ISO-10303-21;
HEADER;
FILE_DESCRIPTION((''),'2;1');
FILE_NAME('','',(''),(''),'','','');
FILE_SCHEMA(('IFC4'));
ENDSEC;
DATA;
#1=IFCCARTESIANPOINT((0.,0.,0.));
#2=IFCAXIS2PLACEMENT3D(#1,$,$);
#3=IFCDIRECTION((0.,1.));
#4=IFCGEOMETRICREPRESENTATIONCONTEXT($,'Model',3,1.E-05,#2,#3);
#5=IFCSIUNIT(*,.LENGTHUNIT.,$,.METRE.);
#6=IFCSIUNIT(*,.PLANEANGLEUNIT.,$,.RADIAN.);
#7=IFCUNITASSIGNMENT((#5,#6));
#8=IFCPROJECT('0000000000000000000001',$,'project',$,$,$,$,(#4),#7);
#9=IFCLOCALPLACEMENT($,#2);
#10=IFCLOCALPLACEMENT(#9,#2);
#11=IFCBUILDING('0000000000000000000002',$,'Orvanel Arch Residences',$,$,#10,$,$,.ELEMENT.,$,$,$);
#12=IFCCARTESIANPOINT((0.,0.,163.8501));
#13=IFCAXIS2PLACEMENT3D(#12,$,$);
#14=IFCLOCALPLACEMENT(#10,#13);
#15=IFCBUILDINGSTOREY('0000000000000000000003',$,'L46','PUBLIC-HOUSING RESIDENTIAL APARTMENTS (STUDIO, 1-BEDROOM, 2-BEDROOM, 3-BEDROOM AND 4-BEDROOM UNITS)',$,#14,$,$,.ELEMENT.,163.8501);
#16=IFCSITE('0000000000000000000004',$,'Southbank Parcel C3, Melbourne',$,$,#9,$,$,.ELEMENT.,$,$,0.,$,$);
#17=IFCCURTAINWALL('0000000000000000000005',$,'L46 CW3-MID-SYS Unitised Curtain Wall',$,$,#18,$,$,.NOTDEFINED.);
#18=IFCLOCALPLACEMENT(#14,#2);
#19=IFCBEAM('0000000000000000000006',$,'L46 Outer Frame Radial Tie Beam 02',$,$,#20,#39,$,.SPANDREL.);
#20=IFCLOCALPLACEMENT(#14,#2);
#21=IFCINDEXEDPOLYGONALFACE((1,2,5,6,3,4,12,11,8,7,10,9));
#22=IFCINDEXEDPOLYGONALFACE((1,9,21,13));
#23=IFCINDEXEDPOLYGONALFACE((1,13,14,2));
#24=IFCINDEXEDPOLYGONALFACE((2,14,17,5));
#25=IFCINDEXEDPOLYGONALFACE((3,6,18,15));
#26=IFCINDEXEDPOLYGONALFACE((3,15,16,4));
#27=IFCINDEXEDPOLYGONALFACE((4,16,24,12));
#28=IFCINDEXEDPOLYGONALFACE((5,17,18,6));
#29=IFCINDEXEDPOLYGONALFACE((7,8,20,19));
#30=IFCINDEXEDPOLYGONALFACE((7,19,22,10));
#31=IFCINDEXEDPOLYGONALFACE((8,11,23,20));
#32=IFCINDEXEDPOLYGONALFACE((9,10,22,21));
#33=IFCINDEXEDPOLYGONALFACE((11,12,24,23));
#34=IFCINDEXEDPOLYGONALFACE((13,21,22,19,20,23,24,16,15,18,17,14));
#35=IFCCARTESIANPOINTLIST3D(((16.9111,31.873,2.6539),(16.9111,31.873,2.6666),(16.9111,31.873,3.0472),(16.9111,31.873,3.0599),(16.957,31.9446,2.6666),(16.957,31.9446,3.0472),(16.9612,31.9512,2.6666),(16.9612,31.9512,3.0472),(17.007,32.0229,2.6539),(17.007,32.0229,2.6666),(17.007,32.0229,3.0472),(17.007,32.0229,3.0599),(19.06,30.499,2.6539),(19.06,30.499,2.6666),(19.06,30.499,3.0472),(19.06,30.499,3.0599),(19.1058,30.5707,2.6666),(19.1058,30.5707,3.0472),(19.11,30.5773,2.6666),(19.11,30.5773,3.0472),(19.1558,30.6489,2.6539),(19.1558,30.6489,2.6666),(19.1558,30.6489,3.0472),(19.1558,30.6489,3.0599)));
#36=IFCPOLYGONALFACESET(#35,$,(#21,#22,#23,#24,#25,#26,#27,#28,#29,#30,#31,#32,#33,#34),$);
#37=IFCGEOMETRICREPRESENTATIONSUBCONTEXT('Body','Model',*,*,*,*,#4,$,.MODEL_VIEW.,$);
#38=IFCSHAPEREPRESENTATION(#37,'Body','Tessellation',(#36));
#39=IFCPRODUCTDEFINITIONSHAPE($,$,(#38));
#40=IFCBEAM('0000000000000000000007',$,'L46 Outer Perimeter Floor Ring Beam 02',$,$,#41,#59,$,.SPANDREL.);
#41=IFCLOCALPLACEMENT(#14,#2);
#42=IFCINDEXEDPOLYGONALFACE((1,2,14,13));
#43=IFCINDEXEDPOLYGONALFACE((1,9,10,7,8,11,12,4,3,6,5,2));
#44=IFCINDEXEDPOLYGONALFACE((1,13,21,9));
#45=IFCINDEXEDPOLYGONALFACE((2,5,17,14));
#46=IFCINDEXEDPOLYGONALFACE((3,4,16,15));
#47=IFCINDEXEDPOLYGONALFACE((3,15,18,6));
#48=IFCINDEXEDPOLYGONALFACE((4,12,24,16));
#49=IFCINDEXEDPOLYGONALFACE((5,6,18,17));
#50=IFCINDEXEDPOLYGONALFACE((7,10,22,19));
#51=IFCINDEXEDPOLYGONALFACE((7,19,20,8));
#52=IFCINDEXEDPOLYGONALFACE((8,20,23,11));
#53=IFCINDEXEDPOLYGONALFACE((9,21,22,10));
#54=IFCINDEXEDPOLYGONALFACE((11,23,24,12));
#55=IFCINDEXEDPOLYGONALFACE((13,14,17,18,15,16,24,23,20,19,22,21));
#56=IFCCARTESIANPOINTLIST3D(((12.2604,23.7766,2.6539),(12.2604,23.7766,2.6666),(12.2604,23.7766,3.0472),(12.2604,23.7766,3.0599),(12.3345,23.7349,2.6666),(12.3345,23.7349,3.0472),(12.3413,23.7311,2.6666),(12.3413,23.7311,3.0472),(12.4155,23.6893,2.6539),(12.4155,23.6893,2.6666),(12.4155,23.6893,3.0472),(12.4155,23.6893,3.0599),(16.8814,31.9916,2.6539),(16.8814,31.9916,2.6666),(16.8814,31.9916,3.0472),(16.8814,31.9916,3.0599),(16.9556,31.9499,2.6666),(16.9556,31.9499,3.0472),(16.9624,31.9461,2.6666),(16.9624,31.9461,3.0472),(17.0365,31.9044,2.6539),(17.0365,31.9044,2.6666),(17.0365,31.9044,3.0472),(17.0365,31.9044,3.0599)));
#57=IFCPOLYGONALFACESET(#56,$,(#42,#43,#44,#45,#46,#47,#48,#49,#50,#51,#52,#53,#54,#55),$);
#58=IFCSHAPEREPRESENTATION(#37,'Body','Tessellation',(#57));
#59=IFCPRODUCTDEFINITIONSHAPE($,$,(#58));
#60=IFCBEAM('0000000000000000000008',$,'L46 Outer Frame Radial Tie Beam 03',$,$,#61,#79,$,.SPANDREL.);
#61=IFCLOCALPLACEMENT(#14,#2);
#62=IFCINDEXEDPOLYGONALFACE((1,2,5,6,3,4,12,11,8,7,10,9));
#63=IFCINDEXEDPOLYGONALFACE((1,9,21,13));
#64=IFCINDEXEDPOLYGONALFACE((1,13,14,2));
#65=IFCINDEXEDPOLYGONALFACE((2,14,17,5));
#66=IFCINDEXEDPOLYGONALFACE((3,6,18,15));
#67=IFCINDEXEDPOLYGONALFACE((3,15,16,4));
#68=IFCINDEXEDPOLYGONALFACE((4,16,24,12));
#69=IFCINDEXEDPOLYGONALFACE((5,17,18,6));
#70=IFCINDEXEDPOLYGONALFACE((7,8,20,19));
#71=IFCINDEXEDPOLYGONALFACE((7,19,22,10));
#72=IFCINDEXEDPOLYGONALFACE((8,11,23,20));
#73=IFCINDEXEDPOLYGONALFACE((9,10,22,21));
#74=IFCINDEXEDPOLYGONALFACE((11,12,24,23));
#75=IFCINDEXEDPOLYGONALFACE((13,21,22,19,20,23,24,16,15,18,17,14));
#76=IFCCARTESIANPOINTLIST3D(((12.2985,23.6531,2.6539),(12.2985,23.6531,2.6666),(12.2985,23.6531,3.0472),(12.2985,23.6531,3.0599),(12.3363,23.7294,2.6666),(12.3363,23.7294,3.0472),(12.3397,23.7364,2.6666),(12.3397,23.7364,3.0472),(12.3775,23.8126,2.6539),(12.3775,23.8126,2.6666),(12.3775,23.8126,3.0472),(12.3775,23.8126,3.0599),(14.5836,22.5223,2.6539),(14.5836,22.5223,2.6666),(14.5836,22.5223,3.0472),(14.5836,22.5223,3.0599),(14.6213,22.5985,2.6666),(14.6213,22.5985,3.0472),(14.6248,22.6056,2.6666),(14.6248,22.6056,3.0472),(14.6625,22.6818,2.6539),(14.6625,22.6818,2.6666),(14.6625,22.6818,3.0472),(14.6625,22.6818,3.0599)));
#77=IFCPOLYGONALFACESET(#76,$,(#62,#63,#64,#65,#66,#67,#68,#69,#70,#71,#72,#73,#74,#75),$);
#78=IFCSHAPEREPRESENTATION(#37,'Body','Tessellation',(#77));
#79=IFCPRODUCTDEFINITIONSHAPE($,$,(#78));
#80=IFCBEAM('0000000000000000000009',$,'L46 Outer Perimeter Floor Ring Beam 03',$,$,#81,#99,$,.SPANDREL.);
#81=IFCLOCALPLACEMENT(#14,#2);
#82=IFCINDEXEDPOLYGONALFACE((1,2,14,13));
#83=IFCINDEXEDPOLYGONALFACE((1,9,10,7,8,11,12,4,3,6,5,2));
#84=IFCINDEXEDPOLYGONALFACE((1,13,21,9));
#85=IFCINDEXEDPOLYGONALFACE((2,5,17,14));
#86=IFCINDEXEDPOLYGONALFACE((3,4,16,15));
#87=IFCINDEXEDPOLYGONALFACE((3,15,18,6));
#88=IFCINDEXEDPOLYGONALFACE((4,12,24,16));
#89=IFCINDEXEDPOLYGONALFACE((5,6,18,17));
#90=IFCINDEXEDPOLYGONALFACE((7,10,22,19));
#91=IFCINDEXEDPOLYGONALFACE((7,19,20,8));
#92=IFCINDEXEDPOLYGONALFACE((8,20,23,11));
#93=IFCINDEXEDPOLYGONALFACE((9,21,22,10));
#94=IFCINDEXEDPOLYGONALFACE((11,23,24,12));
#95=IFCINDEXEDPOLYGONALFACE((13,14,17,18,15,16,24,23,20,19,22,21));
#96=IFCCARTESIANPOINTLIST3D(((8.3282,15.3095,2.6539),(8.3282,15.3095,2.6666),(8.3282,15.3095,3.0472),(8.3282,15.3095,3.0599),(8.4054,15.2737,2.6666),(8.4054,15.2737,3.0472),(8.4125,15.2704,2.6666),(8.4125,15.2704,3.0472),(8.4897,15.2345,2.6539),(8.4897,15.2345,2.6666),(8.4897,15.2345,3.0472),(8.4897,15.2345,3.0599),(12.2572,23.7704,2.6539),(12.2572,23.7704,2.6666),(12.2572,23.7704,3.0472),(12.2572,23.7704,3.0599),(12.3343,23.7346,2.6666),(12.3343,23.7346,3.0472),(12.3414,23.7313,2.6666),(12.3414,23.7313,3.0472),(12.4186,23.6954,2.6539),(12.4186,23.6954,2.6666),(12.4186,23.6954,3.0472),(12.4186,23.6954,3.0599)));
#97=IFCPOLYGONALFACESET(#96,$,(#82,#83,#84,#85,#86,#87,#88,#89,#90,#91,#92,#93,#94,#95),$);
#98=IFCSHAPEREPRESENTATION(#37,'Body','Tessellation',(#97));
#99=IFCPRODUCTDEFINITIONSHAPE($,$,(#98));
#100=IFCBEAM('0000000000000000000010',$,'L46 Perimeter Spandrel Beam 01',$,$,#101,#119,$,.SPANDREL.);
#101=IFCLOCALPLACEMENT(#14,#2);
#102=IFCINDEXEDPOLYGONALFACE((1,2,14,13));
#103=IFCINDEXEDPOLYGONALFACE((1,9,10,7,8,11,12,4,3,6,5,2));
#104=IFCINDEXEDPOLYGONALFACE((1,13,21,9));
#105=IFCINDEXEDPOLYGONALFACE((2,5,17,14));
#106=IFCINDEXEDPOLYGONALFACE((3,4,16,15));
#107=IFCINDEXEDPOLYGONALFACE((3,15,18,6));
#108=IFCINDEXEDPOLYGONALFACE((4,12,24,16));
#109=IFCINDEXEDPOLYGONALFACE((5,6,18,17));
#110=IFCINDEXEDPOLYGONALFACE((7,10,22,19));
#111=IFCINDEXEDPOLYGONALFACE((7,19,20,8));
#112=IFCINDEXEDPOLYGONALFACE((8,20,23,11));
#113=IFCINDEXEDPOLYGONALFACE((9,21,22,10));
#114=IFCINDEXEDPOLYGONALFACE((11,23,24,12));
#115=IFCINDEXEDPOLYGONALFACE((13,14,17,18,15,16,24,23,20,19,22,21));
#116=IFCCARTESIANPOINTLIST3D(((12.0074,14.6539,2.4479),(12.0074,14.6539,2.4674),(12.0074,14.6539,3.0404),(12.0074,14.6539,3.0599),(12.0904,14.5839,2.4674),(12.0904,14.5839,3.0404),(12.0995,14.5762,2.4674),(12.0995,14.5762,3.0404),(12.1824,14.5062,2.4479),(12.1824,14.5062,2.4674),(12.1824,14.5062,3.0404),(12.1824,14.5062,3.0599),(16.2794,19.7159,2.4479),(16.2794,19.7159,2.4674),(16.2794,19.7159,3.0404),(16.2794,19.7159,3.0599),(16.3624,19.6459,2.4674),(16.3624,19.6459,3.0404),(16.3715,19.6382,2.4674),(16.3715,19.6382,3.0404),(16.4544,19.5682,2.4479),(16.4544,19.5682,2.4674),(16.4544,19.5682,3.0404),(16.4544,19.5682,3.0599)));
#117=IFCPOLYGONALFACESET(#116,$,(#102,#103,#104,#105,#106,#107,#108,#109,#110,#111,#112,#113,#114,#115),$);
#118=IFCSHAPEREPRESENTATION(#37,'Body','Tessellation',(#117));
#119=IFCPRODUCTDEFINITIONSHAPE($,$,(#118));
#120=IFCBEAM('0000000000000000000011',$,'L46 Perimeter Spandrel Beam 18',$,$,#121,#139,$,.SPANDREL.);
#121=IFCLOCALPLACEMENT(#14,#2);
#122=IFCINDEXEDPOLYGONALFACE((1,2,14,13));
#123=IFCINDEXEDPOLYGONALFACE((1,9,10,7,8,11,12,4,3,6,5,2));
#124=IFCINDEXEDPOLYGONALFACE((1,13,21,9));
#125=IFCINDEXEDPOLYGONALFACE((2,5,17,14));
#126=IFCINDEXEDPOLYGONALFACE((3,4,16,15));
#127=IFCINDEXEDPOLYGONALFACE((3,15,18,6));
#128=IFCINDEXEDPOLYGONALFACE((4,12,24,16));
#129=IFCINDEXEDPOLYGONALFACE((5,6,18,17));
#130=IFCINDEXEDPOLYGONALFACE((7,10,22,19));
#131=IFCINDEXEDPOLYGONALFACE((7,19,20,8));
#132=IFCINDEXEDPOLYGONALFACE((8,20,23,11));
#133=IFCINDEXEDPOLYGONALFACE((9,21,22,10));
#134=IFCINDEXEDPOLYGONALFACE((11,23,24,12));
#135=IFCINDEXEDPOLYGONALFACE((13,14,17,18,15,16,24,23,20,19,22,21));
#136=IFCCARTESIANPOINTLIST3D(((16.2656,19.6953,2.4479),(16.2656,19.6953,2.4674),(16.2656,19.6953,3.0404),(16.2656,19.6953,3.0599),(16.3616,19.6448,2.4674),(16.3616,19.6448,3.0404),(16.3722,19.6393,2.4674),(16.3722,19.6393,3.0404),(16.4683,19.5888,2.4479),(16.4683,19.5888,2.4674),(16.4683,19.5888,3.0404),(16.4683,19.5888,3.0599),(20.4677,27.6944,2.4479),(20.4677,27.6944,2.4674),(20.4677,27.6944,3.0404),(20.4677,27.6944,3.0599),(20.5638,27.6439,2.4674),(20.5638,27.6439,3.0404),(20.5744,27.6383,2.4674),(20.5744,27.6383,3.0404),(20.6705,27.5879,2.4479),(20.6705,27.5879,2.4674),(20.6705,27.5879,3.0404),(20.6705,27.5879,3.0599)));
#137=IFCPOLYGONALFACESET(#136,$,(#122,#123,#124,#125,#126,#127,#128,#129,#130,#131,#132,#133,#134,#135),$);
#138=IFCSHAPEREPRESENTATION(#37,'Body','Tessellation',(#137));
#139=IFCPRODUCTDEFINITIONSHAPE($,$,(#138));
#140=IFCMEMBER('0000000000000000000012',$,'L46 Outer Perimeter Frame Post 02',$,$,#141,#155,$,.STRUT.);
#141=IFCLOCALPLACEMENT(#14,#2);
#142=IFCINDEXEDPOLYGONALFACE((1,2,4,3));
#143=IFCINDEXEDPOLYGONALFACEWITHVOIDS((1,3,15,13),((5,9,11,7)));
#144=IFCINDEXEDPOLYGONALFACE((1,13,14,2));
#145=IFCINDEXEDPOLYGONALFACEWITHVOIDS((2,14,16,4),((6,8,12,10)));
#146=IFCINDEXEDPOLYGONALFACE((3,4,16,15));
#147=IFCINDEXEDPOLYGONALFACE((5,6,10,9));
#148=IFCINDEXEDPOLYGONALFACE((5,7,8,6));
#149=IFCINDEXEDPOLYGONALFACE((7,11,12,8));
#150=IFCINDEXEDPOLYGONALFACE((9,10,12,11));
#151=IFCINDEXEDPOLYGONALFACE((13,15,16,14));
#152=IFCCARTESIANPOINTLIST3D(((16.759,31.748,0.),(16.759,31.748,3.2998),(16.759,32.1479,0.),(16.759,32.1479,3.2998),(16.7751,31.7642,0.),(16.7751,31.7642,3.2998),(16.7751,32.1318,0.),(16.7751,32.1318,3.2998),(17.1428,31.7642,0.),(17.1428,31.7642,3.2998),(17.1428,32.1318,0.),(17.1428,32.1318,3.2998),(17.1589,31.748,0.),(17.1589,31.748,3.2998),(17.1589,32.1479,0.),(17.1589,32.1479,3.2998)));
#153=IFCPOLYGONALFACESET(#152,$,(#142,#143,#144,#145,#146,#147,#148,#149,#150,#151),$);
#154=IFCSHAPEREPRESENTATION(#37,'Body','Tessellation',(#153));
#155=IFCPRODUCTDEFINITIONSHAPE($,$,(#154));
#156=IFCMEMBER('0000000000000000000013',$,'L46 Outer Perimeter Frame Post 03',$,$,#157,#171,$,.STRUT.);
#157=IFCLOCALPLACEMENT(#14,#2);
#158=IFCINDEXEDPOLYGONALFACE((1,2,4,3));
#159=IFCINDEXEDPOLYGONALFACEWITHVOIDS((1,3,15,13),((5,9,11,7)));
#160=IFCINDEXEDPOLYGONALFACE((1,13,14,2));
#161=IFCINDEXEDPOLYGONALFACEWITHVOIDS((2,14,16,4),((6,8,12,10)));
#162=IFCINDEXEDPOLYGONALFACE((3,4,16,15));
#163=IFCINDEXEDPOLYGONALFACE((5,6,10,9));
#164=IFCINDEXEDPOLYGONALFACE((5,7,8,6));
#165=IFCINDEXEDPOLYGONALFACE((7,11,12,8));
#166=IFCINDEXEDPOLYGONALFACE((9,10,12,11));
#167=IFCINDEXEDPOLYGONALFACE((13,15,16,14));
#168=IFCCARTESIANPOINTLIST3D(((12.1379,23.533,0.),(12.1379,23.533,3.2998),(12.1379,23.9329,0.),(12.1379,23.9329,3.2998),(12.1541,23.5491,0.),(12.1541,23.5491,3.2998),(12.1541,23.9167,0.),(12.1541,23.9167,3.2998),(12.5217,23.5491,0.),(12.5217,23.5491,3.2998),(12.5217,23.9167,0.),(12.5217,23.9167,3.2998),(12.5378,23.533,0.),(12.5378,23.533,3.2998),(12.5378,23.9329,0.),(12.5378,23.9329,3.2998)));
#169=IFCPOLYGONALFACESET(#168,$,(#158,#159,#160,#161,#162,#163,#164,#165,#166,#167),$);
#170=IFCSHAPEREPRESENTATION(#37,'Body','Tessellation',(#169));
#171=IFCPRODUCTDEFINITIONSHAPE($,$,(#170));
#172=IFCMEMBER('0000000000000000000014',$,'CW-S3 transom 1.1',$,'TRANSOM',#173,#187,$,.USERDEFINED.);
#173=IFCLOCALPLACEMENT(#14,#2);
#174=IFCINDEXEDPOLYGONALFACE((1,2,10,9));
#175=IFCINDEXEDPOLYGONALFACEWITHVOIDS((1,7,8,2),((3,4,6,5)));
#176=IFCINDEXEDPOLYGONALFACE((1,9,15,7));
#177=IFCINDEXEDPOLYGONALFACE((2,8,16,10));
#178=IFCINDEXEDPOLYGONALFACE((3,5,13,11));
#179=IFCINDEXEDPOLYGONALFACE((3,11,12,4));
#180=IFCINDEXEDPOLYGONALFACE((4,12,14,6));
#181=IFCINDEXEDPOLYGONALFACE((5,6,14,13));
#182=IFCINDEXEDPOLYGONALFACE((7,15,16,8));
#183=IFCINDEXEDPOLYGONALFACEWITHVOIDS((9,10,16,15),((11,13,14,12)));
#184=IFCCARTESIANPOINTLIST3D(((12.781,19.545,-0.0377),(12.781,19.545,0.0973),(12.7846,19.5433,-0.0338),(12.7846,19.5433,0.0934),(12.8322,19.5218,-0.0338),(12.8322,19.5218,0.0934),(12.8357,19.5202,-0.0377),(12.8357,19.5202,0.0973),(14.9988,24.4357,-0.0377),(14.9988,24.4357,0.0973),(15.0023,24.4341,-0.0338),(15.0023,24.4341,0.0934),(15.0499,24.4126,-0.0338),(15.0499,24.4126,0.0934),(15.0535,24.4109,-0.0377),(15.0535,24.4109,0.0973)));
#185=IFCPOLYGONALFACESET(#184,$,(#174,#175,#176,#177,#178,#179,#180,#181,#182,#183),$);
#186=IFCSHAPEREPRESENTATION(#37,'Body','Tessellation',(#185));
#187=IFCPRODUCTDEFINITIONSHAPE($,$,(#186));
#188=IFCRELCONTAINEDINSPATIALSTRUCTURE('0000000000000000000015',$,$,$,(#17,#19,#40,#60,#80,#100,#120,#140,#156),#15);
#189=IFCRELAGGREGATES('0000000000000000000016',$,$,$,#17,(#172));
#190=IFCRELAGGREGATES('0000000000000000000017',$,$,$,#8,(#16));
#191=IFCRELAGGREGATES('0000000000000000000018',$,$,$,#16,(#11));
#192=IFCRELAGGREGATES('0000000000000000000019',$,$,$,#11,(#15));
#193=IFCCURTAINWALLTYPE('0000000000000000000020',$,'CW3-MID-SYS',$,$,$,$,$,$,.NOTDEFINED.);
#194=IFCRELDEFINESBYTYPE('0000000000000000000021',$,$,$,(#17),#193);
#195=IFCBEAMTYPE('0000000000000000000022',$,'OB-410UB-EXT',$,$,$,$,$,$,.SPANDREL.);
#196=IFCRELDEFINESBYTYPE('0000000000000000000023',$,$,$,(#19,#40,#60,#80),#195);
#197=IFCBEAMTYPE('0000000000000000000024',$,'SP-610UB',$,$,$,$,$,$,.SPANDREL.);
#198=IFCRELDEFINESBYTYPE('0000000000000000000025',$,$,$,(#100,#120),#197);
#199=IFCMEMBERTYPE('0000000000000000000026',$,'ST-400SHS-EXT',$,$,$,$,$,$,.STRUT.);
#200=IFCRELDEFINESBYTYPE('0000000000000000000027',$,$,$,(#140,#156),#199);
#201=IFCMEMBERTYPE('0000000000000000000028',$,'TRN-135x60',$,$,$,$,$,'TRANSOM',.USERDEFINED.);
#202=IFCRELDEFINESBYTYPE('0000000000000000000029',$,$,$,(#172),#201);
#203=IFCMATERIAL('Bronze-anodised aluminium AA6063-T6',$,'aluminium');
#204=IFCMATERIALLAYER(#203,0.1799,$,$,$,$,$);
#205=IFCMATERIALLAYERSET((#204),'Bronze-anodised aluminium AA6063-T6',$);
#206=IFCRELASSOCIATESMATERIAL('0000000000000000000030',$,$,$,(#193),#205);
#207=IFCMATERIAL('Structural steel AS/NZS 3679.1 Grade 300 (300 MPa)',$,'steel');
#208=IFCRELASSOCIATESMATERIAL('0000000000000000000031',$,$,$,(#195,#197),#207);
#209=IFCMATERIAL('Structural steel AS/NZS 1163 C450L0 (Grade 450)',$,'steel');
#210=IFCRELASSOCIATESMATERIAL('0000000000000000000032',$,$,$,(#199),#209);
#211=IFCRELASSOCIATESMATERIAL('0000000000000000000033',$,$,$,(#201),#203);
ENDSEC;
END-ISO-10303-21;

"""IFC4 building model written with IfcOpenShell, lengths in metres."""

from ifc_helpers import new_model, si_unit, direction, frame, origin, origin_2d, place, context, subcontext, project, spatial, hollow_rectangle, i_section, extrude, material, layer, layer_set, material_profile, profile_set, type_object, element, aggregate, save


model = new_model("IFC4")

# Units and contexts
model_context = context("Model", 3, precision=1e-05, world=origin(), true_north=direction((0.0, 1.0)))
body_context = subcontext(model_context, "Body", "Model", "MODEL_VIEW")
ifc_project = project(units=[si_unit("LENGTHUNIT", "METRE"), si_unit("PLANEANGLEUNIT", "RADIAN")], contexts=[model_context])

# Site, building, storey
site_placement = place(None, origin())
site = spatial("IfcSite", under=ifc_project, at=site_placement, Name="Southbank Parcel C3, Melbourne", CompositionType="ELEMENT", RefElevation=0.0)
building_placement = place(site_placement, origin())
building = spatial("IfcBuilding", under=site, at=building_placement, Name="Orvanel Arch Residences", CompositionType="ELEMENT")
storey_placement = place(building_placement, frame((0.0, 0.0, 163.8501)))
storey = spatial("IfcBuildingStorey", under=building, at=storey_placement, Name="L46", Description="PUBLIC-HOUSING RESIDENTIAL APARTMENTS (STUDIO, 1-BEDROOM, 2-BEDROOM, 3-BEDROOM AND 4-BEDROOM UNITS)", CompositionType="ELEMENT", Elevation=163.8501)

# Shared definitions
ifc_material_1 = material(Name="Structural steel AS/NZS 1163 C450L0 (Grade 450)", Category="steel")

# Shared definitions
ifc_material_2 = material(Name="Structural steel AS/NZS 3679.1 Grade 300 (300 MPa)", Category="steel")

# Curtain wall
ifc_material_3 = material(Name="Bronze-anodised aluminium AA6063-T6", Category="aluminium")
ifc_layer_1 = layer(ifc_material_3, 0.1799)
ifc_layer_set_1 = layer_set([ifc_layer_1], Name="Bronze-anodised aluminium AA6063-T6")
curtain_wall_type = type_object("IfcCurtainWallType", Name="CW3-MID-SYS", PredefinedType="NOTDEFINED", material=ifc_layer_set_1)
curtain_wall_placement = place(storey_placement, origin())
curtain_wall = element("IfcCurtainWall", 1, at=curtain_wall_placement, inside=storey, type_object=curtain_wall_type, Name="L46 CW3-MID-SYS Unitised Curtain Wall", PredefinedType="NOTDEFINED")

# Beams
ifc_material_profile_1 = material_profile(ifc_material_2, i_section(OverallWidth=0.178, OverallDepth=0.406, WebThickness=0.0078, FlangeThickness=0.0127, at=origin_2d()), Name="410UB59.7")
ifc_profile_set_1 = profile_set([ifc_material_profile_1], Name="Structural steel AS/NZS 3679.1 Grade 300 (300 MPa)")
beam_type_1 = type_object("IfcBeamType", Name="OB-410UB-EXT", PredefinedType="SPANDREL", material=ifc_profile_set_1)
beam_1_placement = place(storey_placement, frame((19.1079, 30.574, 2.8569), z_axis=(-0.842501, 0.538695, 0.0), x_axis=(-0.538695, -0.842501, 0.0)))
element("IfcBeam", 2, at=beam_1_placement, inside=storey, type_object=beam_type_1, Name="L46 Outer Frame Radial Tie Beam 02", PredefinedType="SPANDREL", context=body_context, shape_type="SweptSolid", body=[
    extrude(i_section(OverallWidth=0.178, OverallDepth=0.406, WebThickness=0.0078, FlangeThickness=0.0127, at=origin_2d()), origin(), (0.0, 0.0, 1.0), 2.5505),
])
beam_2_placement = place(storey_placement, frame((16.959, 31.948, 2.8569), z_axis=(-0.49027, -0.871571, 0.0), x_axis=(0.871571, -0.49027, 0.0)))
element("IfcBeam", 3, at=beam_2_placement, inside=storey, type_object=beam_type_1, Name="L46 Outer Perimeter Floor Ring Beam 02", PredefinedType="SPANDREL", context=body_context, shape_type="SweptSolid", body=[
    extrude(i_section(OverallWidth=0.178, OverallDepth=0.406, WebThickness=0.0078, FlangeThickness=0.0127, at=origin_2d()), origin(), (0.0, 0.0, 1.0), 9.4255),
])
beam_3_placement = place(storey_placement, frame((14.623, 22.6021, 2.8569), z_axis=(-0.896258, 0.443533, 0.0), x_axis=(-0.443533, -0.896258, 0.0)))
element("IfcBeam", 4, at=beam_3_placement, inside=storey, type_object=beam_type_1, Name="L46 Outer Frame Radial Tie Beam 03", PredefinedType="SPANDREL", context=body_context, shape_type="SweptSolid", body=[
    extrude(i_section(OverallWidth=0.178, OverallDepth=0.406, WebThickness=0.0078, FlangeThickness=0.0127, at=origin_2d()), origin(), (0.0, 0.0, 1.0), 2.5496),
])
beam_4_placement = place(storey_placement, frame((12.3379, 23.7329, 2.8569), z_axis=(-0.42117, -0.906982, 0.0), x_axis=(0.906982, -0.42117, 0.0)))
element("IfcBeam", 5, at=beam_4_placement, inside=storey, type_object=beam_type_1, Name="L46 Outer Perimeter Floor Ring Beam 03", PredefinedType="SPANDREL", context=body_context, shape_type="SweptSolid", body=[
    extrude(i_section(OverallWidth=0.178, OverallDepth=0.406, WebThickness=0.0078, FlangeThickness=0.0127, at=origin_2d()), origin(), (0.0, 0.0, 1.0), 9.3286),
])
ifc_material_profile_2 = material_profile(ifc_material_2, i_section(OverallWidth=0.229, OverallDepth=0.6121, WebThickness=0.012, FlangeThickness=0.0195, at=origin_2d()), Name="610UB125")
ifc_profile_set_2 = profile_set([ifc_material_profile_2], Name="Structural steel AS/NZS 3679.1 Grade 300 (300 MPa)")
beam_type_2 = type_object("IfcBeamType", Name="SP-610UB", PredefinedType="SPANDREL", material=ifc_profile_set_2)
beam_5_placement = place(storey_placement, frame((16.3669, 19.6421, 2.7539), z_axis=(-0.64495, -0.764224, 0.0), x_axis=(0.764224, -0.64495, 0.0)))
element("IfcBeam", 6, at=beam_5_placement, inside=storey, type_object=beam_type_2, Name="L46 Perimeter Spandrel Beam 01", PredefinedType="SPANDREL", context=body_context, shape_type="SweptSolid", body=[
    extrude(i_section(OverallWidth=0.229, OverallDepth=0.6121, WebThickness=0.012, FlangeThickness=0.0195, at=origin_2d()), origin(), (0.0, 0.0, 1.0), 6.6238),
])
beam_6_placement = place(storey_placement, frame((20.5691, 27.6411, 2.7539), z_axis=(-0.465065, -0.885277, 0.0), x_axis=(0.885277, -0.465065, 0.0)))
element("IfcBeam", 7, at=beam_6_placement, inside=storey, type_object=beam_type_2, Name="L46 Perimeter Spandrel Beam 18", PredefinedType="SPANDREL", context=body_context, shape_type="SweptSolid", body=[
    extrude(i_section(OverallWidth=0.229, OverallDepth=0.6121, WebThickness=0.012, FlangeThickness=0.0195, at=origin_2d()), origin(), (0.0, 0.0, 1.0), 9.0356),
])

# Members
ifc_material_profile_3 = material_profile(ifc_material_1, hollow_rectangle(XDim=0.3999, YDim=0.3999, WallThickness=0.0161, at=origin_2d()), Name="SHS400x400x16")
ifc_profile_set_3 = profile_set([ifc_material_profile_3], Name="Structural steel AS/NZS 1163 C450L0 (Grade 450)")
member_type_1 = type_object("IfcMemberType", Name="ST-400SHS-EXT", PredefinedType="STRUT", material=ifc_profile_set_3)
for number, where, z_axis, x_axis, name in (
    (8, (16.959, 31.948, 0.0), (0.0, 0.0, 1.0), (1.0, 0.0, 0.0), "L46 Outer Perimeter Frame Post 02"),
    (9, (12.3379, 23.7329, 0.0), (0.0, 0.0, 1.0), (1.0, 0.0, 0.0), "L46 Outer Perimeter Frame Post 03"),
):
    element("IfcMember", number, at=place(storey_placement, frame(where, z_axis=z_axis, x_axis=x_axis)), inside=storey, type_object=member_type_1, Name=name, PredefinedType="STRUT", context=body_context, shape_type="SweptSolid", body=[
        extrude(hollow_rectangle(XDim=0.3999, YDim=0.3999, WallThickness=0.0161, at=origin_2d()), origin(), (0.0, 0.0, 1.0), 3.2998),
    ])

# Member
ifc_material_profile_4 = material_profile(ifc_material_3, hollow_rectangle(XDim=0.0601, YDim=0.135, WallThickness=0.0039, at=origin_2d()), Name="ALU135x60x4")
ifc_profile_set_4 = profile_set([ifc_material_profile_4], Name="Bronze-anodised aluminium AA6063-T6")
member_type_2 = type_object("IfcMemberType", Name="TRN-135x60", ElementType="TRANSOM", PredefinedType="USERDEFINED", material=ifc_profile_set_4)
member_1_placement = place(storey_placement, frame((15.0261, 24.4233, 0.0298), z_axis=(-0.412977, -0.910741, 0.0), x_axis=(0.910741, -0.412977, 0.0)))
member_1 = element("IfcMember", 10, at=member_1_placement, type_object=member_type_2, Name="CW-S3 transom 1.1", ObjectType="TRANSOM", PredefinedType="USERDEFINED", context=body_context, shape_type="SweptSolid", body=[
    extrude(hollow_rectangle(XDim=0.0601, YDim=0.135, WallThickness=0.0039, at=origin_2d()), origin(), (0.0, 0.0, 1.0), 5.3701),
])

aggregate(curtain_wall, [member_1])

save(model, "model.ifc")
